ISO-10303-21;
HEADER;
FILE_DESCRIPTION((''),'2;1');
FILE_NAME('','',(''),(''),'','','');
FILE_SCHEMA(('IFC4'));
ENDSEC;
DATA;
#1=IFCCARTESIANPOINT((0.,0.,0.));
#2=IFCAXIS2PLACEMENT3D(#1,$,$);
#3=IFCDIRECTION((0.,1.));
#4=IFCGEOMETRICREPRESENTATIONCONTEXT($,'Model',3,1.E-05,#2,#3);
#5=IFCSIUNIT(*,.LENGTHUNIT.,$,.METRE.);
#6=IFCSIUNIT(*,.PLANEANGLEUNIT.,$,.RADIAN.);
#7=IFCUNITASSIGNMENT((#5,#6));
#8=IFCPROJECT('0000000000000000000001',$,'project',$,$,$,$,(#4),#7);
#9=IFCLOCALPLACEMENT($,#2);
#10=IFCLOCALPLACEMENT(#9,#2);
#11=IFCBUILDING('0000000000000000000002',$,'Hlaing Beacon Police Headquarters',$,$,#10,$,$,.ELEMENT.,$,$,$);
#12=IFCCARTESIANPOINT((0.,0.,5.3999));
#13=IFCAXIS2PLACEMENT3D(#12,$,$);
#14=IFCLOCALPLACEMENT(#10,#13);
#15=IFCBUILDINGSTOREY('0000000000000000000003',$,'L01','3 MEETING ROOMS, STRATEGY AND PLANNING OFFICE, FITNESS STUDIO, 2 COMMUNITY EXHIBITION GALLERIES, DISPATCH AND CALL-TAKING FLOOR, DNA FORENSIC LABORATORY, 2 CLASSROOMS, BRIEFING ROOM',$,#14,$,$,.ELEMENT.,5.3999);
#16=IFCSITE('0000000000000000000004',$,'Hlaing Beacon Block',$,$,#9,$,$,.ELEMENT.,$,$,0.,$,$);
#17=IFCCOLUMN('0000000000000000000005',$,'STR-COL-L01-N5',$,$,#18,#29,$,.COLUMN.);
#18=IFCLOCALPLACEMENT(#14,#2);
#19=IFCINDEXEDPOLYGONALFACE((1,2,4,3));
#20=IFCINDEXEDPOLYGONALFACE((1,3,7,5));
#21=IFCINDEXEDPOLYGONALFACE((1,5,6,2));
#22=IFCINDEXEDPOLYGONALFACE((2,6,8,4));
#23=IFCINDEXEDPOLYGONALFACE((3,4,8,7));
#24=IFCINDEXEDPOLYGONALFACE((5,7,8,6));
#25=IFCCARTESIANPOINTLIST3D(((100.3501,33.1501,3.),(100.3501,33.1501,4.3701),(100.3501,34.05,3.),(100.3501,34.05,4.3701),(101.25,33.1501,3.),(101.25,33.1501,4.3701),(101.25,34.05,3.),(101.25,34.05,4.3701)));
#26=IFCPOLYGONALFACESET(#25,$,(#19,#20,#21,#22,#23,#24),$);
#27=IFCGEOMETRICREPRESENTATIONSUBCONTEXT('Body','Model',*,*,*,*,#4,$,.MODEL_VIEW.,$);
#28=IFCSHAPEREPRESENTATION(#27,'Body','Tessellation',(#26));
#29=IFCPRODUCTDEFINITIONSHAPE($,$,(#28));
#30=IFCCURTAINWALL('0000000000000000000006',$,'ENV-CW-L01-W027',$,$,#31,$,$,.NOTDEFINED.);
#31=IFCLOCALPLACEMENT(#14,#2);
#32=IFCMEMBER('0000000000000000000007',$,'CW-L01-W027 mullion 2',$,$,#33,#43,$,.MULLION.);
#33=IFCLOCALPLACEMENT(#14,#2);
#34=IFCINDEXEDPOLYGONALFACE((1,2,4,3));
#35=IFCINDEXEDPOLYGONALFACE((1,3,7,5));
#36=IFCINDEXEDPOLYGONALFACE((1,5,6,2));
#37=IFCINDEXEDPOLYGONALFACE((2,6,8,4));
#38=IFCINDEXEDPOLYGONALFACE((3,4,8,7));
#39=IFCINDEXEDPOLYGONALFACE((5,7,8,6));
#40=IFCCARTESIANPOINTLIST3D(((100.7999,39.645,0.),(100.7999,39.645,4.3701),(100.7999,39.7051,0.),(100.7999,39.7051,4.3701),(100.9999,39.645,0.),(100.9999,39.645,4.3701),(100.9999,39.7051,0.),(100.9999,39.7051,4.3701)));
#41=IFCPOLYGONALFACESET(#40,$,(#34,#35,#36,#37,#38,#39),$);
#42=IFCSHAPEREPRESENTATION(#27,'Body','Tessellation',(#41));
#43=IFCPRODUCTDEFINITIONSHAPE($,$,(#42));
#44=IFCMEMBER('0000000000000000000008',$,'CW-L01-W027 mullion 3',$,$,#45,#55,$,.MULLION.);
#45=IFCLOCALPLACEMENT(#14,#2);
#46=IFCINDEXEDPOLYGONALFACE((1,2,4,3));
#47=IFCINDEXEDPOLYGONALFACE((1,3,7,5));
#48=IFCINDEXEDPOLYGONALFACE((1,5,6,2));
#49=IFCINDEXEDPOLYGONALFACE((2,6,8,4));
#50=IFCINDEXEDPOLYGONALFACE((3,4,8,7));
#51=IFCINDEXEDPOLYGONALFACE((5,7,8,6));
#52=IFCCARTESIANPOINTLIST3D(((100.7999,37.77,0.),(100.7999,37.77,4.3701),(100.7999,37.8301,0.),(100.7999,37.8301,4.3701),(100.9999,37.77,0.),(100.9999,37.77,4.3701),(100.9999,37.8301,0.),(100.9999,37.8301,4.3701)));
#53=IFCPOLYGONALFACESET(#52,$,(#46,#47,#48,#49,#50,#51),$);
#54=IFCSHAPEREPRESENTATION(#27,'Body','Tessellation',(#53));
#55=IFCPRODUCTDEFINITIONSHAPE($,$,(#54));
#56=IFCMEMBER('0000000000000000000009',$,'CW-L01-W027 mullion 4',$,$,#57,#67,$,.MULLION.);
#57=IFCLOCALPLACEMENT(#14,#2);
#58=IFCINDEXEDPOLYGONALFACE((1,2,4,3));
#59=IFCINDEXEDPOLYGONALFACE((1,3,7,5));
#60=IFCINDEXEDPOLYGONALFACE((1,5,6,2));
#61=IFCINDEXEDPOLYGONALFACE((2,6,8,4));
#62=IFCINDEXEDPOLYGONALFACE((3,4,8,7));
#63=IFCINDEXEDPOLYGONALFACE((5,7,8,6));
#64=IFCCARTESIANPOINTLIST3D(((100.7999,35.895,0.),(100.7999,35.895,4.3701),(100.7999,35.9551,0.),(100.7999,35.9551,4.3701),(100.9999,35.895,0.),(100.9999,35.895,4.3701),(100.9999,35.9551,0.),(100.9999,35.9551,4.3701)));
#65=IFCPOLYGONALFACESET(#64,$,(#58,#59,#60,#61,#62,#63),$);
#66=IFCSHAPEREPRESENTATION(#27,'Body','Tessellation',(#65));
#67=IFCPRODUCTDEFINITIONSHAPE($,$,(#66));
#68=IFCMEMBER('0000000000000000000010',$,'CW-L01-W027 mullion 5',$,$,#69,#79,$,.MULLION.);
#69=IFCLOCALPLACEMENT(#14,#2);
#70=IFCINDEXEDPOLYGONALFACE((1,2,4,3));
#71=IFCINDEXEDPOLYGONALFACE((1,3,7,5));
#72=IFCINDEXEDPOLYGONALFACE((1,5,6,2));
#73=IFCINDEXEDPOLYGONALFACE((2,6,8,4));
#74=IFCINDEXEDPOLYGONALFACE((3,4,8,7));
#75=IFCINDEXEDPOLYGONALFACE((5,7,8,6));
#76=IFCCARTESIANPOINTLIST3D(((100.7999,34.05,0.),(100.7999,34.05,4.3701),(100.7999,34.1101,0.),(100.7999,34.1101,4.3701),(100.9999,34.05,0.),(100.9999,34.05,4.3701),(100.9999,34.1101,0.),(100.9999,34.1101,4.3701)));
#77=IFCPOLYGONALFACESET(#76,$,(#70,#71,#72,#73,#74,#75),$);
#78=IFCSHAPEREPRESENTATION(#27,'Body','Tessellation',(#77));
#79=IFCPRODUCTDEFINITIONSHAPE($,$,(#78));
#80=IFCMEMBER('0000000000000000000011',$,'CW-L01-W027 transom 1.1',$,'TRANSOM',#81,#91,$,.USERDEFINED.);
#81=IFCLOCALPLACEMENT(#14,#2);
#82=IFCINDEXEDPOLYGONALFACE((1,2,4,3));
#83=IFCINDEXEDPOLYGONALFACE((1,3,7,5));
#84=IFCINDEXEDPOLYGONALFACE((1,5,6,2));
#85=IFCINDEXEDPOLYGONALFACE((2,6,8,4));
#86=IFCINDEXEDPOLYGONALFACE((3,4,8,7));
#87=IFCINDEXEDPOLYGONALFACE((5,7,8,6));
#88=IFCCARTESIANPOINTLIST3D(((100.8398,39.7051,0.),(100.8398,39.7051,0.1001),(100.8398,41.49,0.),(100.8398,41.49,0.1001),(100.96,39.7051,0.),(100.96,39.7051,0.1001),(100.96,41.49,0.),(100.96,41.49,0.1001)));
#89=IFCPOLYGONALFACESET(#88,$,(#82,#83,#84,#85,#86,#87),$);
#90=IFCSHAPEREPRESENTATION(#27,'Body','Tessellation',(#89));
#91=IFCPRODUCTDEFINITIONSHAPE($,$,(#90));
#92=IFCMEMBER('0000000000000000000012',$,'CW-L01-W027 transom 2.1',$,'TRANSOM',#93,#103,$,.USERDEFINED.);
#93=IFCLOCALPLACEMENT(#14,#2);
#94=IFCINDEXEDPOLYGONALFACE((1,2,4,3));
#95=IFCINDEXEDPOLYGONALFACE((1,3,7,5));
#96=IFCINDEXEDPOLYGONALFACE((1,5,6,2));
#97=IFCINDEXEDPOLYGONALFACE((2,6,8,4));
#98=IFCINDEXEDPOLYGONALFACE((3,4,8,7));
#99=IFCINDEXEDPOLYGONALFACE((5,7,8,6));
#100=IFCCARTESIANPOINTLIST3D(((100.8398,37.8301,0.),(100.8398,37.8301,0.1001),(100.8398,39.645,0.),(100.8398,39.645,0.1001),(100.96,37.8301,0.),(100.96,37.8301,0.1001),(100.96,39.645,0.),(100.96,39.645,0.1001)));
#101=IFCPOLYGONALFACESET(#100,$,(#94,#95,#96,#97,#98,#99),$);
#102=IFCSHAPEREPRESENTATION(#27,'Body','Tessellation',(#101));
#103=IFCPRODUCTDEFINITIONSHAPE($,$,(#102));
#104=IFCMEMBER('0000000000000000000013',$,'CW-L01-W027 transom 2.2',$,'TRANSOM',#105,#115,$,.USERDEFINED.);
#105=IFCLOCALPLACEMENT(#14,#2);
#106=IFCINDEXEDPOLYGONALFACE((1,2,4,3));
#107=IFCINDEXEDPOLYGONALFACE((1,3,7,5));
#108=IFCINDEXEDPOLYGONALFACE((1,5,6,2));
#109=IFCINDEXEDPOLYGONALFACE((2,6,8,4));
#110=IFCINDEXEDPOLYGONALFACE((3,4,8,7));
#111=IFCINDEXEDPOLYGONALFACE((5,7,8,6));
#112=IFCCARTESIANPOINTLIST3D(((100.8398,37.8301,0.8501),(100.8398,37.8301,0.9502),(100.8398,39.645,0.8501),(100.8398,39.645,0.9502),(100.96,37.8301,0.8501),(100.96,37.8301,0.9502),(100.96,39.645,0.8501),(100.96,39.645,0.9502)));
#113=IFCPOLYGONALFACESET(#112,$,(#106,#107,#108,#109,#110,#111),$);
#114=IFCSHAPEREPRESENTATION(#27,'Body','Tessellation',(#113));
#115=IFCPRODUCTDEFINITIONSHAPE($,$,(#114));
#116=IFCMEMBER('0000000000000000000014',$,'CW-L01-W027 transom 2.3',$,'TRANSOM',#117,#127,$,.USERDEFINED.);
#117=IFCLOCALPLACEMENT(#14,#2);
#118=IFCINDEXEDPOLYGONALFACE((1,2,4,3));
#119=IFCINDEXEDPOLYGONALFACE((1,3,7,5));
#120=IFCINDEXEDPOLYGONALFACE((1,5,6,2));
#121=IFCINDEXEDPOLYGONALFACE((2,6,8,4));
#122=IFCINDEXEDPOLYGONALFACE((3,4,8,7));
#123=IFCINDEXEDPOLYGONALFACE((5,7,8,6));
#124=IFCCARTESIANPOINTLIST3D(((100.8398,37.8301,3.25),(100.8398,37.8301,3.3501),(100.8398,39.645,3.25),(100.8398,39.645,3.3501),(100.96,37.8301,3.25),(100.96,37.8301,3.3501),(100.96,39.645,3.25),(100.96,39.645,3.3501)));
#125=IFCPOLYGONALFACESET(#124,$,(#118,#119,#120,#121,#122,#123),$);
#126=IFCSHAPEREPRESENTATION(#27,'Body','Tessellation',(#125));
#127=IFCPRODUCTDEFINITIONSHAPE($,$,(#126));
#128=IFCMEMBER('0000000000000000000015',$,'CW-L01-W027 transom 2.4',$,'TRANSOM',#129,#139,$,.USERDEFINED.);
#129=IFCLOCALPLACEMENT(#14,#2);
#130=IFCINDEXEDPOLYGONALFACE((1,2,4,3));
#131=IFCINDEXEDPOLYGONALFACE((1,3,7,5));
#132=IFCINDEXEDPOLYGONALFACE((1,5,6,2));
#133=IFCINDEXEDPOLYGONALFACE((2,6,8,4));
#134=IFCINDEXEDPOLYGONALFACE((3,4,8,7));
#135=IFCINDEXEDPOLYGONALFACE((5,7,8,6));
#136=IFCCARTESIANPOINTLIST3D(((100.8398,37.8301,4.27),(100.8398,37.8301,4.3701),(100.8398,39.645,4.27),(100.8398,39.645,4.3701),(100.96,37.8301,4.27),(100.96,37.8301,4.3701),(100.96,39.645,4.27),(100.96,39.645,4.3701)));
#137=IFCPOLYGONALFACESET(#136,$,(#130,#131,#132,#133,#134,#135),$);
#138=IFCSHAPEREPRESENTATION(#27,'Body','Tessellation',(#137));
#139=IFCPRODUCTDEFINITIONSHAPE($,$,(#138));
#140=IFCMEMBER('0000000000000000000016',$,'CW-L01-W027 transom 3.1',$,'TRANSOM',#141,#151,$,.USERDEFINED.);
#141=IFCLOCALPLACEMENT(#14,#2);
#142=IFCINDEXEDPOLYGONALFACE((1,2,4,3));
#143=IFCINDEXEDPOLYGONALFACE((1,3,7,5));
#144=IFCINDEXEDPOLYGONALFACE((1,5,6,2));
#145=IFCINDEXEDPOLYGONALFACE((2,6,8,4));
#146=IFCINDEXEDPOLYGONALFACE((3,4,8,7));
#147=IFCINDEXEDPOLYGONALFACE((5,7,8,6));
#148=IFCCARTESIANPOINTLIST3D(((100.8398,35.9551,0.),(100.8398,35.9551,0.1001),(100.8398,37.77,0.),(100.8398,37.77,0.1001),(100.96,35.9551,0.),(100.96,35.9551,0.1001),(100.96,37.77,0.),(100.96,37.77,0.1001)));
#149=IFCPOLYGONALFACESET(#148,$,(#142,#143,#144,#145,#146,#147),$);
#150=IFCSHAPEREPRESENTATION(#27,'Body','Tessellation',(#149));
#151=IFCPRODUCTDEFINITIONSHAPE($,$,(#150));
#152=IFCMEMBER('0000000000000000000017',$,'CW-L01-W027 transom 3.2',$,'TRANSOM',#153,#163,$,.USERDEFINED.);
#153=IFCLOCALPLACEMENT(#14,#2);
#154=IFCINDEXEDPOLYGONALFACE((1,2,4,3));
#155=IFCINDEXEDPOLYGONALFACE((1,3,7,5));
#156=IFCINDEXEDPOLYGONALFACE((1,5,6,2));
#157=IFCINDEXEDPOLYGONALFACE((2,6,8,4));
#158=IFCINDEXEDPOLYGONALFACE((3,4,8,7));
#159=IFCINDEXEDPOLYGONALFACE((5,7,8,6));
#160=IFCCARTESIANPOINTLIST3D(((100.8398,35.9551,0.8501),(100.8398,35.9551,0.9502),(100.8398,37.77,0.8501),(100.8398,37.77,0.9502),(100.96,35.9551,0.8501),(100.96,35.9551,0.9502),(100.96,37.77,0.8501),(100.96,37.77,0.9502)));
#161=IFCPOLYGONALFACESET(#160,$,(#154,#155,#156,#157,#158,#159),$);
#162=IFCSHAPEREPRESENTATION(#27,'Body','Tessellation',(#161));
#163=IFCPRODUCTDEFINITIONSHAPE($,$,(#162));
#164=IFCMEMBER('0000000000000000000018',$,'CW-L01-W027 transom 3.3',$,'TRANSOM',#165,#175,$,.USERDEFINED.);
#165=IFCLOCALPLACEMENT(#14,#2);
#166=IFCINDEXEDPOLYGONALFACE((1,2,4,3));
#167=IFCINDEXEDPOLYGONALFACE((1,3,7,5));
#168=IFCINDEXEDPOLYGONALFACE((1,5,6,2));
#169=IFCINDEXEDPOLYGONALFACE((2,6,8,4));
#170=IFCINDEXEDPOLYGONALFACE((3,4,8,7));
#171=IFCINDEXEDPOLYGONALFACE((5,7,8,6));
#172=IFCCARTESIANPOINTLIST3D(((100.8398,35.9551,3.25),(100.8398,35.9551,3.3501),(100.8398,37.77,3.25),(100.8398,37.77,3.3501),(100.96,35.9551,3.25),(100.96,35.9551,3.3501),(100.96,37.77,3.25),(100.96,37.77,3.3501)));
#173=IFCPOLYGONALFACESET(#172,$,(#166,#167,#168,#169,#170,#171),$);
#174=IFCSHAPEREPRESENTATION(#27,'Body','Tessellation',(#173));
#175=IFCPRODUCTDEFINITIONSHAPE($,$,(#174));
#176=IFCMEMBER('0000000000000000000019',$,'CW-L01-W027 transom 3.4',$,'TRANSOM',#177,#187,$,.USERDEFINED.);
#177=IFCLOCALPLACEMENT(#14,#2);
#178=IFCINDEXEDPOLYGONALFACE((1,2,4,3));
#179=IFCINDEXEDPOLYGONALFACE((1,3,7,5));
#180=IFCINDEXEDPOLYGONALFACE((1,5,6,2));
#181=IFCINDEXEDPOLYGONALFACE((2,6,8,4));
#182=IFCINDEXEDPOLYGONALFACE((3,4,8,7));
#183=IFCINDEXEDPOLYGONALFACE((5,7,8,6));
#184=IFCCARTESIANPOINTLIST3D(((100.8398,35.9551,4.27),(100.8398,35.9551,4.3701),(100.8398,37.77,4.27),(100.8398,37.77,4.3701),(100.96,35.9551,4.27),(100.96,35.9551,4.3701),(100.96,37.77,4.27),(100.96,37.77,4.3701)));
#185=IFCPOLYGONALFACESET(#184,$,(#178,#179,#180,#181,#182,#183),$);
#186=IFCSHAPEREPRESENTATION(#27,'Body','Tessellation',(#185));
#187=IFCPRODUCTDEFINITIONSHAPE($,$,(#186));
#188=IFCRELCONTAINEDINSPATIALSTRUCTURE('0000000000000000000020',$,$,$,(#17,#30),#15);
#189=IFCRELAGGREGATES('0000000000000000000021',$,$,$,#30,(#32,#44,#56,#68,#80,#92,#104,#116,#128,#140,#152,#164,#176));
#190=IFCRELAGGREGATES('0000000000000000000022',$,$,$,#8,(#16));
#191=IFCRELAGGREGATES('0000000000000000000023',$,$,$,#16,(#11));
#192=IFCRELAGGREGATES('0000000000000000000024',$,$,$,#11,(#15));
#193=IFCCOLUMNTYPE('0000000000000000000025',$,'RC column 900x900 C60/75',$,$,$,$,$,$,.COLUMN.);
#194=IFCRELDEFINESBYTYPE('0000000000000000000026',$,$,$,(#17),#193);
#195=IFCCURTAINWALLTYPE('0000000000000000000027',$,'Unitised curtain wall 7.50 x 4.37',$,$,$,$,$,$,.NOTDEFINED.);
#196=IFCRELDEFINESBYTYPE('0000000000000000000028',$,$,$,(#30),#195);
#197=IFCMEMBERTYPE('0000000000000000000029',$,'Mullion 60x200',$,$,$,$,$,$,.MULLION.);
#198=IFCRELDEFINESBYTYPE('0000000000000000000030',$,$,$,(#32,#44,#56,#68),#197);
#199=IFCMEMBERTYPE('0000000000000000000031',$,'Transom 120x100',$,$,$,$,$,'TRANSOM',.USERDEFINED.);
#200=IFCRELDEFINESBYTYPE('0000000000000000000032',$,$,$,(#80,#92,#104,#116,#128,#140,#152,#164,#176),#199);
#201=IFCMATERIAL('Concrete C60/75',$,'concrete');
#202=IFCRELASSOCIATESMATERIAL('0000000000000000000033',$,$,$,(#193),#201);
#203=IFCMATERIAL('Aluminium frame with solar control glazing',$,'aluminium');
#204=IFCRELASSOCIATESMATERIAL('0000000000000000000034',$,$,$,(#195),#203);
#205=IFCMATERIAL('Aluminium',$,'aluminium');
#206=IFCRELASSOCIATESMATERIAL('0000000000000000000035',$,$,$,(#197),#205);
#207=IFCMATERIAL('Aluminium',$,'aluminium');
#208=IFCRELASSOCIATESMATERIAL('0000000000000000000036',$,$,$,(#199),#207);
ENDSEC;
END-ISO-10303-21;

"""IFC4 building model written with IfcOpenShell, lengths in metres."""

from ifc_helpers import new_model, si_unit, direction, frame, origin, origin_2d, place, context, subcontext, project, spatial, rectangle, extrude, material, material_profile, profile_set, type_object, element, aggregate, save


model = new_model("IFC4")

# Units and contexts
model_context = context("Model", 3, precision=1e-05, world=origin(), true_north=direction((0.0, 1.0)))
body_context = subcontext(model_context, "Body", "Model", "MODEL_VIEW")
ifc_project = project(units=[si_unit("LENGTHUNIT", "METRE"), si_unit("PLANEANGLEUNIT", "RADIAN")], contexts=[model_context])

# Site, building, storey
site_placement = place(None, origin())
site = spatial("IfcSite", under=ifc_project, at=site_placement, Name="Hlaing Beacon Block", CompositionType="ELEMENT", RefElevation=0.0)
building_placement = place(site_placement, origin())
building = spatial("IfcBuilding", under=site, at=building_placement, Name="Hlaing Beacon Police Headquarters", CompositionType="ELEMENT")
storey_placement = place(building_placement, frame((0.0, 0.0, 5.3999)))
storey = spatial("IfcBuildingStorey", under=building, at=storey_placement, Name="L01", Description="3 MEETING ROOMS, STRATEGY AND PLANNING OFFICE, FITNESS STUDIO, 2 COMMUNITY EXHIBITION GALLERIES, DISPATCH AND CALL-TAKING FLOOR, DNA FORENSIC LABORATORY, 2 CLASSROOMS, BRIEFING ROOM", CompositionType="ELEMENT", Elevation=5.3999)

# Column
ifc_material_1 = material(Name="Concrete C60/75", Category="concrete")
ifc_material_profile_1 = material_profile(ifc_material_1, rectangle(XDim=0.8999, YDim=0.8999, at=origin_2d()), Name="900x900")
ifc_profile_set_1 = profile_set([ifc_material_profile_1], Name="Concrete C60/75")
column_type = type_object("IfcColumnType", Name="RC column 900x900 C60/75", PredefinedType="COLUMN", material=ifc_profile_set_1)
column_placement = place(storey_placement, frame((100.8, 33.6001, 3.0), z_axis=(0.0, 0.0, 1.0), x_axis=(1.0, 0.0, 0.0)))
element("IfcColumn", 1, at=column_placement, inside=storey, type_object=column_type, Name="STR-COL-L01-N5", PredefinedType="COLUMN", context=body_context, shape_type="SweptSolid", body=[
    extrude(rectangle(XDim=0.8999, YDim=0.8999, at=origin_2d()), origin(), (0.0, 0.0, 1.0), 1.3701),
])

# Curtain wall, members
ifc_material_2 = material(Name="Aluminium frame with solar control glazing", Category="aluminium")
curtain_wall_type = type_object("IfcCurtainWallType", Name="Unitised curtain wall 7.50 x 4.37", PredefinedType="NOTDEFINED", material=ifc_material_2)
curtain_wall_placement = place(storey_placement, origin())
curtain_wall = element("IfcCurtainWall", 2, at=curtain_wall_placement, inside=storey, type_object=curtain_wall_type, Name="ENV-CW-L01-W027", PredefinedType="NOTDEFINED")
ifc_material_3 = material(Name="Aluminium", Category="aluminium")
ifc_material_profile_2 = material_profile(ifc_material_3, rectangle(XDim=0.2, YDim=0.0601, at=origin_2d()), Name="Mullion 60x200")
ifc_profile_set_2 = profile_set([ifc_material_profile_2], Name="Aluminium")
member_type_1 = type_object("IfcMemberType", Name="Mullion 60x200", PredefinedType="MULLION", material=ifc_profile_set_2)
member_1_placement = place(storey_placement, frame((100.8999, 39.675, 0.0), z_axis=(0.0, 0.0, 1.0), x_axis=(1.0, 0.0, 0.0)))
member_1 = element("IfcMember", 3, at=member_1_placement, type_object=member_type_1, Name="CW-L01-W027 mullion 2", PredefinedType="MULLION", context=body_context, shape_type="SweptSolid", body=[
    extrude(rectangle(XDim=0.2, YDim=0.0601, at=origin_2d()), origin(), (0.0, 0.0, 1.0), 4.3701),
])
member_2_placement = place(storey_placement, frame((100.8999, 37.8, 0.0), z_axis=(0.0, 0.0, 1.0), x_axis=(1.0, 0.0, 0.0)))
member_2 = element("IfcMember", 4, at=member_2_placement, type_object=member_type_1, Name="CW-L01-W027 mullion 3", PredefinedType="MULLION", context=body_context, shape_type="SweptSolid", body=[
    extrude(rectangle(XDim=0.2, YDim=0.0601, at=origin_2d()), origin(), (0.0, 0.0, 1.0), 4.3701),
])
member_3_placement = place(storey_placement, frame((100.8999, 35.925, 0.0), z_axis=(0.0, 0.0, 1.0), x_axis=(1.0, 0.0, 0.0)))
member_3 = element("IfcMember", 5, at=member_3_placement, type_object=member_type_1, Name="CW-L01-W027 mullion 4", PredefinedType="MULLION", context=body_context, shape_type="SweptSolid", body=[
    extrude(rectangle(XDim=0.2, YDim=0.0601, at=origin_2d()), origin(), (0.0, 0.0, 1.0), 4.3701),
])
member_4_placement = place(storey_placement, frame((100.8999, 34.0801, 0.0), z_axis=(0.0, 0.0, 1.0), x_axis=(1.0, 0.0, 0.0)))
member_4 = element("IfcMember", 6, at=member_4_placement, type_object=member_type_1, Name="CW-L01-W027 mullion 5", PredefinedType="MULLION", context=body_context, shape_type="SweptSolid", body=[
    extrude(rectangle(XDim=0.2, YDim=0.0601, at=origin_2d()), origin(), (0.0, 0.0, 1.0), 4.3701),
])
ifc_material_4 = material(Name="Aluminium", Category="aluminium")
ifc_material_profile_3 = material_profile(ifc_material_4, rectangle(XDim=0.1201, YDim=0.1001, at=origin_2d()), Name="Transom 120x100")
ifc_profile_set_3 = profile_set([ifc_material_profile_3], Name="Aluminium")
member_type_2 = type_object("IfcMemberType", Name="Transom 120x100", ElementType="TRANSOM", PredefinedType="USERDEFINED", material=ifc_profile_set_3)
member_5_placement = place(storey_placement, frame((100.8999, 41.49, 0.05), z_axis=(0.0, -1.0, 0.0), x_axis=(1.0, 0.0, 0.0)))
member_5 = element("IfcMember", 7, at=member_5_placement, type_object=member_type_2, Name="CW-L01-W027 transom 1.1", ObjectType="TRANSOM", PredefinedType="USERDEFINED", context=body_context, shape_type="SweptSolid", body=[
    extrude(rectangle(XDim=0.1201, YDim=0.1001, at=origin_2d()), origin(), (0.0, 0.0, 1.0), 1.7849),
])
member_6_placement = place(storey_placement, frame((100.8999, 39.645, 0.05), z_axis=(0.0, -1.0, 0.0), x_axis=(1.0, 0.0, 0.0)))
member_6 = element("IfcMember", 8, at=member_6_placement, type_object=member_type_2, Name="CW-L01-W027 transom 2.1", ObjectType="TRANSOM", PredefinedType="USERDEFINED", context=body_context, shape_type="SweptSolid", body=[
    extrude(rectangle(XDim=0.1201, YDim=0.1001, at=origin_2d()), origin(), (0.0, 0.0, 1.0), 1.8149),
])
member_7_placement = place(storey_placement, frame((100.8999, 39.645, 0.9001), z_axis=(0.0, -1.0, 0.0), x_axis=(1.0, 0.0, 0.0)))
member_7 = element("IfcMember", 9, at=member_7_placement, type_object=member_type_2, Name="CW-L01-W027 transom 2.2", ObjectType="TRANSOM", PredefinedType="USERDEFINED", context=body_context, shape_type="SweptSolid", body=[
    extrude(rectangle(XDim=0.1201, YDim=0.1001, at=origin_2d()), origin(), (0.0, 0.0, 1.0), 1.8149),
])
member_8_placement = place(storey_placement, frame((100.8999, 39.645, 3.3), z_axis=(0.0, -1.0, 0.0), x_axis=(1.0, 0.0, 0.0)))
member_8 = element("IfcMember", 10, at=member_8_placement, type_object=member_type_2, Name="CW-L01-W027 transom 2.3", ObjectType="TRANSOM", PredefinedType="USERDEFINED", context=body_context, shape_type="SweptSolid", body=[
    extrude(rectangle(XDim=0.1201, YDim=0.1001, at=origin_2d()), origin(), (0.0, 0.0, 1.0), 1.8149),
])
member_9_placement = place(storey_placement, frame((100.8999, 39.645, 4.3201), z_axis=(0.0, -1.0, 0.0), x_axis=(1.0, 0.0, 0.0)))
member_9 = element("IfcMember", 11, at=member_9_placement, type_object=member_type_2, Name="CW-L01-W027 transom 2.4", ObjectType="TRANSOM", PredefinedType="USERDEFINED", context=body_context, shape_type="SweptSolid", body=[
    extrude(rectangle(XDim=0.1201, YDim=0.1001, at=origin_2d()), origin(), (0.0, 0.0, 1.0), 1.8149),
])
member_10_placement = place(storey_placement, frame((100.8999, 37.77, 0.05), z_axis=(0.0, -1.0, 0.0), x_axis=(1.0, 0.0, 0.0)))
member_10 = element("IfcMember", 12, at=member_10_placement, type_object=member_type_2, Name="CW-L01-W027 transom 3.1", ObjectType="TRANSOM", PredefinedType="USERDEFINED", context=body_context, shape_type="SweptSolid", body=[
    extrude(rectangle(XDim=0.1201, YDim=0.1001, at=origin_2d()), origin(), (0.0, 0.0, 1.0), 1.8149),
])
member_11_placement = place(storey_placement, frame((100.8999, 37.77, 0.9001), z_axis=(0.0, -1.0, 0.0), x_axis=(1.0, 0.0, 0.0)))
member_11 = element("IfcMember", 13, at=member_11_placement, type_object=member_type_2, Name="CW-L01-W027 transom 3.2", ObjectType="TRANSOM", PredefinedType="USERDEFINED", context=body_context, shape_type="SweptSolid", body=[
    extrude(rectangle(XDim=0.1201, YDim=0.1001, at=origin_2d()), origin(), (0.0, 0.0, 1.0), 1.8149),
])
member_12_placement = place(storey_placement, frame((100.8999, 37.77, 3.3), z_axis=(0.0, -1.0, 0.0), x_axis=(1.0, 0.0, 0.0)))
member_12 = element("IfcMember", 14, at=member_12_placement, type_object=member_type_2, Name="CW-L01-W027 transom 3.3", ObjectType="TRANSOM", PredefinedType="USERDEFINED", context=body_context, shape_type="SweptSolid", body=[
    extrude(rectangle(XDim=0.1201, YDim=0.1001, at=origin_2d()), origin(), (0.0, 0.0, 1.0), 1.8149),
])
member_13_placement = place(storey_placement, frame((100.8999, 37.77, 4.3201), z_axis=(0.0, -1.0, 0.0), x_axis=(1.0, 0.0, 0.0)))
member_13 = element("IfcMember", 15, at=member_13_placement, type_object=member_type_2, Name="CW-L01-W027 transom 3.4", ObjectType="TRANSOM", PredefinedType="USERDEFINED", context=body_context, shape_type="SweptSolid", body=[
    extrude(rectangle(XDim=0.1201, YDim=0.1001, at=origin_2d()), origin(), (0.0, 0.0, 1.0), 1.8149),
])
aggregate(curtain_wall, [member_1, member_2, member_3, member_4, member_5, member_6, member_7, member_8, member_9, member_10, member_11, member_12, member_13])

save(model, "model.ifc")
